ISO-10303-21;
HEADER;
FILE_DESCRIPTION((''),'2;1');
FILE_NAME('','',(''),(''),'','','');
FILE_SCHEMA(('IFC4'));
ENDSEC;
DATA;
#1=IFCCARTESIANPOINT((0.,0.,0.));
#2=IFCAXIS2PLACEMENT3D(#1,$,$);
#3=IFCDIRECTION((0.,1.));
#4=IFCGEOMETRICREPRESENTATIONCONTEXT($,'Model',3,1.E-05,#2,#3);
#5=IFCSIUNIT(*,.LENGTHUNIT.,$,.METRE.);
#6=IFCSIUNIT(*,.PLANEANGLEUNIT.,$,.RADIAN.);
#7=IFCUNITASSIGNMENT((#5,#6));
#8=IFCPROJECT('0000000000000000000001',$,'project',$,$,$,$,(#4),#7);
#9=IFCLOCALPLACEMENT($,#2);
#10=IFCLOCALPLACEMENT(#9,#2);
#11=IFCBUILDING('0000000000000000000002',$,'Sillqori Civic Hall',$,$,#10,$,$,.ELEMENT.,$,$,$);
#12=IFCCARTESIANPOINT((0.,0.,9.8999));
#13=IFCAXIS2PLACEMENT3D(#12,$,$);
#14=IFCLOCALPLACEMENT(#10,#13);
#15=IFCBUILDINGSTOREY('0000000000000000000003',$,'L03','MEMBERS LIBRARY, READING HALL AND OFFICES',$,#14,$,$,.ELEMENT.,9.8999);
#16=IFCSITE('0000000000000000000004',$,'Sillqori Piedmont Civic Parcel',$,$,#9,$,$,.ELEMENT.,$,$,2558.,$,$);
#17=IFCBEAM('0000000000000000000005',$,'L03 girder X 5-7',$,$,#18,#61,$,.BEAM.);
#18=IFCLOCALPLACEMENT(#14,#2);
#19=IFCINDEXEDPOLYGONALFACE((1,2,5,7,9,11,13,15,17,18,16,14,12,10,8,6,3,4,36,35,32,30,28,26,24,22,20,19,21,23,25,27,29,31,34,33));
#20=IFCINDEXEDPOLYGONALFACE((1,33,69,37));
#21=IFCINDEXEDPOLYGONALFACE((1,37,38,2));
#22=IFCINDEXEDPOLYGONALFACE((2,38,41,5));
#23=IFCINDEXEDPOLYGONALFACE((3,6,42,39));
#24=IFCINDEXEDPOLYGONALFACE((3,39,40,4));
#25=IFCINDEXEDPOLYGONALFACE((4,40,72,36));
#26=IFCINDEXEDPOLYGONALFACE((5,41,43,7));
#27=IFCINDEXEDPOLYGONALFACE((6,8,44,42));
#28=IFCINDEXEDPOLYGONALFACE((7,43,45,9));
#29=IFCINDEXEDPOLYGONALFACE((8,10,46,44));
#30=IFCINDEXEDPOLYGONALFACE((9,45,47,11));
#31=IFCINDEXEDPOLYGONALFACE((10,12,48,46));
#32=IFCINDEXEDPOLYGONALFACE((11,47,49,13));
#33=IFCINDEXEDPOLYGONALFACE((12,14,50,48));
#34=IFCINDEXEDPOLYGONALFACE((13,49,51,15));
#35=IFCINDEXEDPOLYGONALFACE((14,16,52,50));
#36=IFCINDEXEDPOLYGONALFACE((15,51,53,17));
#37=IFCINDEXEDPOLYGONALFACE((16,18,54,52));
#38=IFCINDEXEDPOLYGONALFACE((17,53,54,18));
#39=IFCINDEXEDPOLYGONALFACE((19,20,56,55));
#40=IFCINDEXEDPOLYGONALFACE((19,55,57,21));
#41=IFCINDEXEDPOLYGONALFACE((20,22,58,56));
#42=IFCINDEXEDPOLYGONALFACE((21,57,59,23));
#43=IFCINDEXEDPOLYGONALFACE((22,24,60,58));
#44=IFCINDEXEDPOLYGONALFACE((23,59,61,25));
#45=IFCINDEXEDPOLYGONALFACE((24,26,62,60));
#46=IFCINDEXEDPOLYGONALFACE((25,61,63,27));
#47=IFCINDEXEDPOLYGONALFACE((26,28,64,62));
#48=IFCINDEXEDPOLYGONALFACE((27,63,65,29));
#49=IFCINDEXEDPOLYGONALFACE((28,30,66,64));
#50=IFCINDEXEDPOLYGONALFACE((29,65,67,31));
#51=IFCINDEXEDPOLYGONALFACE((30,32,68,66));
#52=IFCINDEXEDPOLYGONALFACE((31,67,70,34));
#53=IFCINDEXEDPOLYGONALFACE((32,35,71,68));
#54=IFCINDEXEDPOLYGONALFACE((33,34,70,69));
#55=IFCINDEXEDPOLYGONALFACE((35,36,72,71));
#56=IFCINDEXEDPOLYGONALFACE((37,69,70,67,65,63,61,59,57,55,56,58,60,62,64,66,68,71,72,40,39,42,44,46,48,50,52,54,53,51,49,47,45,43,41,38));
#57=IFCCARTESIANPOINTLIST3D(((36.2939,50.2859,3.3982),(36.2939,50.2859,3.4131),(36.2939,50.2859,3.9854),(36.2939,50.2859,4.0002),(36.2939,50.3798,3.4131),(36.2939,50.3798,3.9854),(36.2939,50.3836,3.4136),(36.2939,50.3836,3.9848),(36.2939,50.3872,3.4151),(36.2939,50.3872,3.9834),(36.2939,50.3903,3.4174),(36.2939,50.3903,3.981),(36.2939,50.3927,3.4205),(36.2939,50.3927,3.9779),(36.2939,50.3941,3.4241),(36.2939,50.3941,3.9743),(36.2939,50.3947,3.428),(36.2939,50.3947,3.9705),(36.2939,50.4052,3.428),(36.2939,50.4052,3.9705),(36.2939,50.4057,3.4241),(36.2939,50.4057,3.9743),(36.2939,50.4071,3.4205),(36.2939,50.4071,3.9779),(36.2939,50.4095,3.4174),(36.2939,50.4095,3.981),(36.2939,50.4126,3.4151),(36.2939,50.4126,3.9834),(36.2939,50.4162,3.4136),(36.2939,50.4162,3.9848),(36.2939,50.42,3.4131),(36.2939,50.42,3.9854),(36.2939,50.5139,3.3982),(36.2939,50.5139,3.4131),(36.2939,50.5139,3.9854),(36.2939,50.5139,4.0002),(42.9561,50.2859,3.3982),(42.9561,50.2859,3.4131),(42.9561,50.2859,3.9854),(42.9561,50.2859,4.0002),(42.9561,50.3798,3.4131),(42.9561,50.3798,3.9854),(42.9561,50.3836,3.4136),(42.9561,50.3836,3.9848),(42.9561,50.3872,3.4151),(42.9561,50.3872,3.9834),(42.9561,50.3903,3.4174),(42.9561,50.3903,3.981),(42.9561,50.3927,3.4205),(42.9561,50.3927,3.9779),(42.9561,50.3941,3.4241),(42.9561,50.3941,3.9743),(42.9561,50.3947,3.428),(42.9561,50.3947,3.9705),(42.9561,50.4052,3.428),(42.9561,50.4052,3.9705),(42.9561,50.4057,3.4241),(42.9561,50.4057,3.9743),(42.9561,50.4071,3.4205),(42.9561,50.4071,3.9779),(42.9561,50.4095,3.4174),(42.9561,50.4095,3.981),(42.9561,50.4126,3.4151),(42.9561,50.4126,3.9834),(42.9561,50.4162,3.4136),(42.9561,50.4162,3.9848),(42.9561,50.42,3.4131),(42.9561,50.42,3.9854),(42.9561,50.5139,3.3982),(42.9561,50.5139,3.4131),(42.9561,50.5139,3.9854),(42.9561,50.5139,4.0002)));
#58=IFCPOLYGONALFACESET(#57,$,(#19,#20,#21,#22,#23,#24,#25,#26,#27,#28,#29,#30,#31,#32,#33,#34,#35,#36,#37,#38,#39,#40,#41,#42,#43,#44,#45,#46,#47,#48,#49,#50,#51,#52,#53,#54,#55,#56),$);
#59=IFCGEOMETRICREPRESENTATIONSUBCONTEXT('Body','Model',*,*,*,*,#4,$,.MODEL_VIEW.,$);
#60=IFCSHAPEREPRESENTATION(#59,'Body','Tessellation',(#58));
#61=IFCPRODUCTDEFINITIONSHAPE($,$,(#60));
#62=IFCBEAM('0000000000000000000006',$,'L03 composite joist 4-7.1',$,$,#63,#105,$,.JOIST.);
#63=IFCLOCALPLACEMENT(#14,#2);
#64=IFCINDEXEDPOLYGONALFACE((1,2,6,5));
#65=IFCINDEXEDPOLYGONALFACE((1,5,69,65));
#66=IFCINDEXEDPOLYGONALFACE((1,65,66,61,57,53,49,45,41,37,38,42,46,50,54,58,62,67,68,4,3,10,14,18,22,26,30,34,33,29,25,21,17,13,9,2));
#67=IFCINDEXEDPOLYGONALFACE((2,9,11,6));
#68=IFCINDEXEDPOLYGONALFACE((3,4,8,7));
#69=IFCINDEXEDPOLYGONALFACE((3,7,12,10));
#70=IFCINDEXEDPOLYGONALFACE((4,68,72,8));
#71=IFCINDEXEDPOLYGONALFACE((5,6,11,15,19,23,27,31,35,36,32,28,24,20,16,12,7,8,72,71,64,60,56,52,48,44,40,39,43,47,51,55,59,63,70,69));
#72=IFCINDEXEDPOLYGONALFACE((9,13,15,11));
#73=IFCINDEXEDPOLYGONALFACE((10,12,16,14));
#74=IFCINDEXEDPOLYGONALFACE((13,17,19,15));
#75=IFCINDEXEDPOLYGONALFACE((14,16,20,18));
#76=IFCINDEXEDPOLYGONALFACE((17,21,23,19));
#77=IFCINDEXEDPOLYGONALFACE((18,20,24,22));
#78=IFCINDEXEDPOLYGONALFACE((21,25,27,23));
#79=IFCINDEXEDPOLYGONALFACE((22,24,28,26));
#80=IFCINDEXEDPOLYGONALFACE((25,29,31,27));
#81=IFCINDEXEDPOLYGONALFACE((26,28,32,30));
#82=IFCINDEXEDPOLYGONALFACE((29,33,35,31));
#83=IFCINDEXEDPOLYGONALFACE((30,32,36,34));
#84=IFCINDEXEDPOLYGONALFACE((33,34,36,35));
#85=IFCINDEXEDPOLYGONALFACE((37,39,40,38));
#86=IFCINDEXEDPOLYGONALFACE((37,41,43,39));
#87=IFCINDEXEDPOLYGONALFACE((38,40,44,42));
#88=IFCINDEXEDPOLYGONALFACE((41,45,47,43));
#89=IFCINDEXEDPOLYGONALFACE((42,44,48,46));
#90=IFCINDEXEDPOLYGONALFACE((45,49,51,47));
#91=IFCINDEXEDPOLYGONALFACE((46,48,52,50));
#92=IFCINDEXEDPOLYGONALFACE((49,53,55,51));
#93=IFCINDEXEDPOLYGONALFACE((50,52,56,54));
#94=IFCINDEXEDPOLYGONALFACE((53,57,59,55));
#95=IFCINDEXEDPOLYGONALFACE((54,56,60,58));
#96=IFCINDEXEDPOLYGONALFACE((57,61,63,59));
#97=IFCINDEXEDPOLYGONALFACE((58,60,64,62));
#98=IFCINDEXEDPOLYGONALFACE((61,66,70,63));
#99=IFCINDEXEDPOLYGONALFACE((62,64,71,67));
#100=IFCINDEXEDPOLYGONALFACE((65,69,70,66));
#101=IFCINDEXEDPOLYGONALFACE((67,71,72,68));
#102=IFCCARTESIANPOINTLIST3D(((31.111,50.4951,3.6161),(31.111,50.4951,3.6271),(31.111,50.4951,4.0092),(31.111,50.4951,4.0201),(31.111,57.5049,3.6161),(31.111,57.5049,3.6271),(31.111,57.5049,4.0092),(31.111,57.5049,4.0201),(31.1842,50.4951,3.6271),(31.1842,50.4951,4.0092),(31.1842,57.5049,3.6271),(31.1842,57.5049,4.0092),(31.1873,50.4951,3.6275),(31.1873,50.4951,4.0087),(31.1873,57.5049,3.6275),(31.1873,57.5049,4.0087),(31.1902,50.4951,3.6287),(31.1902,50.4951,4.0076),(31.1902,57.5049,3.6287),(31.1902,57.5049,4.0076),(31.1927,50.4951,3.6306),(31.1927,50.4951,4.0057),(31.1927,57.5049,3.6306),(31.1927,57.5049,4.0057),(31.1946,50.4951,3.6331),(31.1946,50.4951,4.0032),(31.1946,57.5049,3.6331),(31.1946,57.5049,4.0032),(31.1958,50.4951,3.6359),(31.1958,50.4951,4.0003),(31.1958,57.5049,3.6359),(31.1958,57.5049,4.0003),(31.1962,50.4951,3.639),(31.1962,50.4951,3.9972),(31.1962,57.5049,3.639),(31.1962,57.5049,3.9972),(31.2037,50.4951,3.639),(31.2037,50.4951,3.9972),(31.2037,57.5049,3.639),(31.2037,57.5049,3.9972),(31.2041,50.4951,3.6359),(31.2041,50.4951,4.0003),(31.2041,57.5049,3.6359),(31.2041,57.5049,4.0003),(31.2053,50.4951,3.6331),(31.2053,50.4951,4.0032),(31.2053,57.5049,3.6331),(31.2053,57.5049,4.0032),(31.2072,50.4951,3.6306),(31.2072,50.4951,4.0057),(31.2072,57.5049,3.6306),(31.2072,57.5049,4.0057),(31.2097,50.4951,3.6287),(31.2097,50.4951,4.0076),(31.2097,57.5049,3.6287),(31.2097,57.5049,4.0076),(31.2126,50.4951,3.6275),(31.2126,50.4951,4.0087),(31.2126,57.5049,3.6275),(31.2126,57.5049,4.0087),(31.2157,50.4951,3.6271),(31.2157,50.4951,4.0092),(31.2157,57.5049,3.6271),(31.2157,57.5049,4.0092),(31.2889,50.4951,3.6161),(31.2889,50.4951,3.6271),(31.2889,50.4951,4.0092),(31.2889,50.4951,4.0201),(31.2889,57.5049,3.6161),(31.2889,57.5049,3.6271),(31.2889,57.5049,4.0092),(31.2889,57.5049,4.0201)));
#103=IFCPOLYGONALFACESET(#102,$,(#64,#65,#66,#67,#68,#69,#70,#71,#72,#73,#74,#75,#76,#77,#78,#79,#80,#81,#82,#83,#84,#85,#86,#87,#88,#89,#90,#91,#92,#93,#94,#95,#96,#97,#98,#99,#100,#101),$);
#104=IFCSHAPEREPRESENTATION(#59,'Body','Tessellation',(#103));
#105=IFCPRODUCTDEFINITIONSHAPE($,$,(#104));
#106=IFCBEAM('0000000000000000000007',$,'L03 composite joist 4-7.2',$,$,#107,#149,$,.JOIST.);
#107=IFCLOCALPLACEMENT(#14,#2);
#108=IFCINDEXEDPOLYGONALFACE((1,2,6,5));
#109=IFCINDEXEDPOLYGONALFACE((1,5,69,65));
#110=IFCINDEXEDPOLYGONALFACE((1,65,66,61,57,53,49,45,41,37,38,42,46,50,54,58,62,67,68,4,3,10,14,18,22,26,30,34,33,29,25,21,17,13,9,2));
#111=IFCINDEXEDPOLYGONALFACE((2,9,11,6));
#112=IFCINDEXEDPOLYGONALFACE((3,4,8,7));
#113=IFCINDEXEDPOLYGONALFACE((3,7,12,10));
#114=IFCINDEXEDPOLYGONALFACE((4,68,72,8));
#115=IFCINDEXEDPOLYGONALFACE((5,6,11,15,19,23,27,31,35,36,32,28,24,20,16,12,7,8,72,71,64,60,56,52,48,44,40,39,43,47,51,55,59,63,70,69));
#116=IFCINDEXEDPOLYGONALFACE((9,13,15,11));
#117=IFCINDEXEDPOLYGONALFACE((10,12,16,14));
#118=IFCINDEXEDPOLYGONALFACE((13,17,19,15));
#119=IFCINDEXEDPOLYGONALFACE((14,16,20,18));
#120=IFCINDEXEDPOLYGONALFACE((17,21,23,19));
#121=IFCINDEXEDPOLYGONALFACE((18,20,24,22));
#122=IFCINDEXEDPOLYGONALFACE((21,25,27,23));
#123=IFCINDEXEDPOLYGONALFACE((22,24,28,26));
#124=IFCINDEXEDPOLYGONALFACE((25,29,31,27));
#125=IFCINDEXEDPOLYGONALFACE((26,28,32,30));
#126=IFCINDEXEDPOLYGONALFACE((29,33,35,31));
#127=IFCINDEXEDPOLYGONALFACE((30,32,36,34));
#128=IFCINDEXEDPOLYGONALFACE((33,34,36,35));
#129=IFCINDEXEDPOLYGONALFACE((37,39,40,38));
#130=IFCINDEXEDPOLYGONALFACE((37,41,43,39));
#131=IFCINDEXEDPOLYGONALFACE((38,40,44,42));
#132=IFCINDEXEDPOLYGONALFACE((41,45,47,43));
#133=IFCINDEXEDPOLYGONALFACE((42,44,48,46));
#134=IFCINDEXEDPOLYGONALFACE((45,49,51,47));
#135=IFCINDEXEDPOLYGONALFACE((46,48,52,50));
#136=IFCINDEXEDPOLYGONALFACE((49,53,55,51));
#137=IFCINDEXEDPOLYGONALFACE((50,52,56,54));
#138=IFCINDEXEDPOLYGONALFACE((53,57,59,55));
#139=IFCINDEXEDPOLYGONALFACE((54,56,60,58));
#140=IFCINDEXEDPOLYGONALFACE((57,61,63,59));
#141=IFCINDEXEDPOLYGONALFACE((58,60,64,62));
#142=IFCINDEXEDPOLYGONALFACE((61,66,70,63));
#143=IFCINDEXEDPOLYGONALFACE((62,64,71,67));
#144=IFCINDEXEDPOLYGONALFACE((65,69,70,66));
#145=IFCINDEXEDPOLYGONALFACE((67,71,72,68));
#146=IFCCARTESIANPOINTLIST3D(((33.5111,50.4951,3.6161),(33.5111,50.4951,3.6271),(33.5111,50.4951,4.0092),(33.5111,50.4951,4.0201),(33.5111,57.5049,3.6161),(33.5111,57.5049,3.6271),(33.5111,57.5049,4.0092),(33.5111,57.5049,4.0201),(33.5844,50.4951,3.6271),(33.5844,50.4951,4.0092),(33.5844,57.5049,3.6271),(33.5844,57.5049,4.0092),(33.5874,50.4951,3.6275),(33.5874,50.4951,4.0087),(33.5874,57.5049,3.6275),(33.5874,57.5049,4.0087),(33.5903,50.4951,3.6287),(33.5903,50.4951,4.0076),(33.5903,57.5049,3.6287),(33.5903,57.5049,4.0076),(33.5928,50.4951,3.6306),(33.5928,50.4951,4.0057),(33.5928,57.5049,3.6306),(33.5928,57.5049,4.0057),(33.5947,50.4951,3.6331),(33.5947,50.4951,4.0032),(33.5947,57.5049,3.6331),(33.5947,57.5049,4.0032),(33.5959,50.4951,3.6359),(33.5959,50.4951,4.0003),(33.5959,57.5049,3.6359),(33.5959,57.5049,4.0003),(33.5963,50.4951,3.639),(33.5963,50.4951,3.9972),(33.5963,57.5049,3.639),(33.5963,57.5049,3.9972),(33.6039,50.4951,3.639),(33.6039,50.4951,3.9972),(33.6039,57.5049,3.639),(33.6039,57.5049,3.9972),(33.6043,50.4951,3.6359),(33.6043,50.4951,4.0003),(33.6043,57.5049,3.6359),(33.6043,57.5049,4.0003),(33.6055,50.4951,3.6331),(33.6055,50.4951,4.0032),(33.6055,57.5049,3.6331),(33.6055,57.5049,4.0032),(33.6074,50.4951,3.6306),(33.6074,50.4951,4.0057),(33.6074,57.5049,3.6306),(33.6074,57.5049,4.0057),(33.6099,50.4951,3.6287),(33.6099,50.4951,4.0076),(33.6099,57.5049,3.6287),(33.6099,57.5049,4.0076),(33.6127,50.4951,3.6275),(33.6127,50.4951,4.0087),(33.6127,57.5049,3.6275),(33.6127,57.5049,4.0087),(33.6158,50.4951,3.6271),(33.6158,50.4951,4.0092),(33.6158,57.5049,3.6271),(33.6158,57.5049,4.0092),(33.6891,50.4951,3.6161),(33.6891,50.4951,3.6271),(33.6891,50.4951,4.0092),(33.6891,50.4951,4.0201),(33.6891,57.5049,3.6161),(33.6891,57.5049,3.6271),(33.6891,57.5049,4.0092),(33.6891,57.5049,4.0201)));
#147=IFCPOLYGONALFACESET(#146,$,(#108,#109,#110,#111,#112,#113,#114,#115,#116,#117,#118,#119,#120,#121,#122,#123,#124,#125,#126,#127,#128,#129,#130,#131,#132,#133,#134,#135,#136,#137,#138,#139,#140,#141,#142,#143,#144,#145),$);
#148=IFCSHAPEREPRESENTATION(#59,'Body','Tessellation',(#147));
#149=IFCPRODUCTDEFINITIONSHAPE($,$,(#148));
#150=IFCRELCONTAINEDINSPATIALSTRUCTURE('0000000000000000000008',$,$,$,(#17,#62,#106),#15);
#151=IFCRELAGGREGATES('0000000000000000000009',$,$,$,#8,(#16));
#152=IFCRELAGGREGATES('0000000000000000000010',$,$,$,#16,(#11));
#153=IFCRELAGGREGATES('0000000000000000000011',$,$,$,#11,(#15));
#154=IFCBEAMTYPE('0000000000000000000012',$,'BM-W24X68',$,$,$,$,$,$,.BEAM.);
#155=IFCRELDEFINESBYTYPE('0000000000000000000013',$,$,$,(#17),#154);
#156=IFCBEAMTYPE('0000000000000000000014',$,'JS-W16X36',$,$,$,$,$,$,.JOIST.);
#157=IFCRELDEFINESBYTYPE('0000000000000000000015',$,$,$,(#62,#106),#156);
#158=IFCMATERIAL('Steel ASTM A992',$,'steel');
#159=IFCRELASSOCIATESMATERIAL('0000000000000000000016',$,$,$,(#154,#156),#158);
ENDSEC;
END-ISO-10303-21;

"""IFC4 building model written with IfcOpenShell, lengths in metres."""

from ifc_helpers import new_model, si_unit, direction, frame, origin, origin_2d, place, context, subcontext, project, spatial, i_section, extrude, material, material_profile, profile_set, type_object, element, save


model = new_model("IFC4")

# Units and contexts
model_context = context("Model", 3, precision=1e-05, world=origin(), true_north=direction((0.0, 1.0)))
body_context = subcontext(model_context, "Body", "Model", "MODEL_VIEW")
ifc_project = project(units=[si_unit("LENGTHUNIT", "METRE"), si_unit("PLANEANGLEUNIT", "RADIAN")], contexts=[model_context])

# Site, building, storey
site_placement = place(None, origin())
site = spatial("IfcSite", under=ifc_project, at=site_placement, Name="Sillqori Piedmont Civic Parcel", CompositionType="ELEMENT", RefElevation=2558.0)
building_placement = place(site_placement, origin())
building = spatial("IfcBuilding", under=site, at=building_placement, Name="Sillqori Civic Hall", CompositionType="ELEMENT")
storey_placement = place(building_placement, frame((0.0, 0.0, 9.8999)))
storey = spatial("IfcBuildingStorey", under=building, at=storey_placement, Name="L03", Description="MEMBERS LIBRARY, READING HALL AND OFFICES", CompositionType="ELEMENT", Elevation=9.8999)

# Beams
ifc_material_1 = material(Name="Steel ASTM A992", Category="steel")
ifc_material_profile_1 = material_profile(ifc_material_1, i_section(OverallWidth=0.228, OverallDepth=0.6021, WebThickness=0.0105, FlangeThickness=0.0149, FilletRadius=0.0149, at=origin_2d()), Name="W24X68")
ifc_profile_set_1 = profile_set([ifc_material_profile_1], Name="Steel ASTM A992")
beam_type_1 = type_object("IfcBeamType", Name="BM-W24X68", PredefinedType="BEAM", material=ifc_profile_set_1)
beam_1_placement = place(storey_placement, frame((36.2939, 50.3999, 3.6992), z_axis=(1.0, 0.0, 0.0), x_axis=(0.0, 1.0, 0.0)))
element("IfcBeam", 1, at=beam_1_placement, inside=storey, type_object=beam_type_1, Name="L03 girder X 5-7", PredefinedType="BEAM", context=body_context, shape_type="SweptSolid", body=[
    extrude(i_section(OverallWidth=0.228, OverallDepth=0.6021, WebThickness=0.0105, FlangeThickness=0.0149, FilletRadius=0.0149, at=origin_2d()), origin(), (0.0, 0.0, 1.0), 6.6621),
])
ifc_material_profile_2 = material_profile(ifc_material_1, i_section(OverallWidth=0.178, OverallDepth=0.4041, WebThickness=0.0076, FlangeThickness=0.011, FilletRadius=0.012, at=origin_2d()), Name="W16X36")
ifc_profile_set_2 = profile_set([ifc_material_profile_2], Name="Steel ASTM A992")
beam_type_2 = type_object("IfcBeamType", Name="JS-W16X36", PredefinedType="JOIST", material=ifc_profile_set_2)
for number, where, z_axis, x_axis, name in (
    (2, (31.2, 50.4951, 3.8181), (0.0, 1.0, 0.0), (-1.0, 0.0, 0.0), "L03 composite joist 4-7.1"),
    (3, (33.6001, 50.4951, 3.8181), (0.0, 1.0, 0.0), (-1.0, 0.0, 0.0), "L03 composite joist 4-7.2"),
):
    element("IfcBeam", number, at=place(storey_placement, frame(where, z_axis=z_axis, x_axis=x_axis)), inside=storey, type_object=beam_type_2, Name=name, PredefinedType="JOIST", context=body_context, shape_type="SweptSolid", body=[
        extrude(i_section(OverallWidth=0.178, OverallDepth=0.4041, WebThickness=0.0076, FlangeThickness=0.011, FilletRadius=0.012, at=origin_2d()), origin(), (0.0, 0.0, 1.0), 7.0098),
    ])

save(model, "model.ifc")
